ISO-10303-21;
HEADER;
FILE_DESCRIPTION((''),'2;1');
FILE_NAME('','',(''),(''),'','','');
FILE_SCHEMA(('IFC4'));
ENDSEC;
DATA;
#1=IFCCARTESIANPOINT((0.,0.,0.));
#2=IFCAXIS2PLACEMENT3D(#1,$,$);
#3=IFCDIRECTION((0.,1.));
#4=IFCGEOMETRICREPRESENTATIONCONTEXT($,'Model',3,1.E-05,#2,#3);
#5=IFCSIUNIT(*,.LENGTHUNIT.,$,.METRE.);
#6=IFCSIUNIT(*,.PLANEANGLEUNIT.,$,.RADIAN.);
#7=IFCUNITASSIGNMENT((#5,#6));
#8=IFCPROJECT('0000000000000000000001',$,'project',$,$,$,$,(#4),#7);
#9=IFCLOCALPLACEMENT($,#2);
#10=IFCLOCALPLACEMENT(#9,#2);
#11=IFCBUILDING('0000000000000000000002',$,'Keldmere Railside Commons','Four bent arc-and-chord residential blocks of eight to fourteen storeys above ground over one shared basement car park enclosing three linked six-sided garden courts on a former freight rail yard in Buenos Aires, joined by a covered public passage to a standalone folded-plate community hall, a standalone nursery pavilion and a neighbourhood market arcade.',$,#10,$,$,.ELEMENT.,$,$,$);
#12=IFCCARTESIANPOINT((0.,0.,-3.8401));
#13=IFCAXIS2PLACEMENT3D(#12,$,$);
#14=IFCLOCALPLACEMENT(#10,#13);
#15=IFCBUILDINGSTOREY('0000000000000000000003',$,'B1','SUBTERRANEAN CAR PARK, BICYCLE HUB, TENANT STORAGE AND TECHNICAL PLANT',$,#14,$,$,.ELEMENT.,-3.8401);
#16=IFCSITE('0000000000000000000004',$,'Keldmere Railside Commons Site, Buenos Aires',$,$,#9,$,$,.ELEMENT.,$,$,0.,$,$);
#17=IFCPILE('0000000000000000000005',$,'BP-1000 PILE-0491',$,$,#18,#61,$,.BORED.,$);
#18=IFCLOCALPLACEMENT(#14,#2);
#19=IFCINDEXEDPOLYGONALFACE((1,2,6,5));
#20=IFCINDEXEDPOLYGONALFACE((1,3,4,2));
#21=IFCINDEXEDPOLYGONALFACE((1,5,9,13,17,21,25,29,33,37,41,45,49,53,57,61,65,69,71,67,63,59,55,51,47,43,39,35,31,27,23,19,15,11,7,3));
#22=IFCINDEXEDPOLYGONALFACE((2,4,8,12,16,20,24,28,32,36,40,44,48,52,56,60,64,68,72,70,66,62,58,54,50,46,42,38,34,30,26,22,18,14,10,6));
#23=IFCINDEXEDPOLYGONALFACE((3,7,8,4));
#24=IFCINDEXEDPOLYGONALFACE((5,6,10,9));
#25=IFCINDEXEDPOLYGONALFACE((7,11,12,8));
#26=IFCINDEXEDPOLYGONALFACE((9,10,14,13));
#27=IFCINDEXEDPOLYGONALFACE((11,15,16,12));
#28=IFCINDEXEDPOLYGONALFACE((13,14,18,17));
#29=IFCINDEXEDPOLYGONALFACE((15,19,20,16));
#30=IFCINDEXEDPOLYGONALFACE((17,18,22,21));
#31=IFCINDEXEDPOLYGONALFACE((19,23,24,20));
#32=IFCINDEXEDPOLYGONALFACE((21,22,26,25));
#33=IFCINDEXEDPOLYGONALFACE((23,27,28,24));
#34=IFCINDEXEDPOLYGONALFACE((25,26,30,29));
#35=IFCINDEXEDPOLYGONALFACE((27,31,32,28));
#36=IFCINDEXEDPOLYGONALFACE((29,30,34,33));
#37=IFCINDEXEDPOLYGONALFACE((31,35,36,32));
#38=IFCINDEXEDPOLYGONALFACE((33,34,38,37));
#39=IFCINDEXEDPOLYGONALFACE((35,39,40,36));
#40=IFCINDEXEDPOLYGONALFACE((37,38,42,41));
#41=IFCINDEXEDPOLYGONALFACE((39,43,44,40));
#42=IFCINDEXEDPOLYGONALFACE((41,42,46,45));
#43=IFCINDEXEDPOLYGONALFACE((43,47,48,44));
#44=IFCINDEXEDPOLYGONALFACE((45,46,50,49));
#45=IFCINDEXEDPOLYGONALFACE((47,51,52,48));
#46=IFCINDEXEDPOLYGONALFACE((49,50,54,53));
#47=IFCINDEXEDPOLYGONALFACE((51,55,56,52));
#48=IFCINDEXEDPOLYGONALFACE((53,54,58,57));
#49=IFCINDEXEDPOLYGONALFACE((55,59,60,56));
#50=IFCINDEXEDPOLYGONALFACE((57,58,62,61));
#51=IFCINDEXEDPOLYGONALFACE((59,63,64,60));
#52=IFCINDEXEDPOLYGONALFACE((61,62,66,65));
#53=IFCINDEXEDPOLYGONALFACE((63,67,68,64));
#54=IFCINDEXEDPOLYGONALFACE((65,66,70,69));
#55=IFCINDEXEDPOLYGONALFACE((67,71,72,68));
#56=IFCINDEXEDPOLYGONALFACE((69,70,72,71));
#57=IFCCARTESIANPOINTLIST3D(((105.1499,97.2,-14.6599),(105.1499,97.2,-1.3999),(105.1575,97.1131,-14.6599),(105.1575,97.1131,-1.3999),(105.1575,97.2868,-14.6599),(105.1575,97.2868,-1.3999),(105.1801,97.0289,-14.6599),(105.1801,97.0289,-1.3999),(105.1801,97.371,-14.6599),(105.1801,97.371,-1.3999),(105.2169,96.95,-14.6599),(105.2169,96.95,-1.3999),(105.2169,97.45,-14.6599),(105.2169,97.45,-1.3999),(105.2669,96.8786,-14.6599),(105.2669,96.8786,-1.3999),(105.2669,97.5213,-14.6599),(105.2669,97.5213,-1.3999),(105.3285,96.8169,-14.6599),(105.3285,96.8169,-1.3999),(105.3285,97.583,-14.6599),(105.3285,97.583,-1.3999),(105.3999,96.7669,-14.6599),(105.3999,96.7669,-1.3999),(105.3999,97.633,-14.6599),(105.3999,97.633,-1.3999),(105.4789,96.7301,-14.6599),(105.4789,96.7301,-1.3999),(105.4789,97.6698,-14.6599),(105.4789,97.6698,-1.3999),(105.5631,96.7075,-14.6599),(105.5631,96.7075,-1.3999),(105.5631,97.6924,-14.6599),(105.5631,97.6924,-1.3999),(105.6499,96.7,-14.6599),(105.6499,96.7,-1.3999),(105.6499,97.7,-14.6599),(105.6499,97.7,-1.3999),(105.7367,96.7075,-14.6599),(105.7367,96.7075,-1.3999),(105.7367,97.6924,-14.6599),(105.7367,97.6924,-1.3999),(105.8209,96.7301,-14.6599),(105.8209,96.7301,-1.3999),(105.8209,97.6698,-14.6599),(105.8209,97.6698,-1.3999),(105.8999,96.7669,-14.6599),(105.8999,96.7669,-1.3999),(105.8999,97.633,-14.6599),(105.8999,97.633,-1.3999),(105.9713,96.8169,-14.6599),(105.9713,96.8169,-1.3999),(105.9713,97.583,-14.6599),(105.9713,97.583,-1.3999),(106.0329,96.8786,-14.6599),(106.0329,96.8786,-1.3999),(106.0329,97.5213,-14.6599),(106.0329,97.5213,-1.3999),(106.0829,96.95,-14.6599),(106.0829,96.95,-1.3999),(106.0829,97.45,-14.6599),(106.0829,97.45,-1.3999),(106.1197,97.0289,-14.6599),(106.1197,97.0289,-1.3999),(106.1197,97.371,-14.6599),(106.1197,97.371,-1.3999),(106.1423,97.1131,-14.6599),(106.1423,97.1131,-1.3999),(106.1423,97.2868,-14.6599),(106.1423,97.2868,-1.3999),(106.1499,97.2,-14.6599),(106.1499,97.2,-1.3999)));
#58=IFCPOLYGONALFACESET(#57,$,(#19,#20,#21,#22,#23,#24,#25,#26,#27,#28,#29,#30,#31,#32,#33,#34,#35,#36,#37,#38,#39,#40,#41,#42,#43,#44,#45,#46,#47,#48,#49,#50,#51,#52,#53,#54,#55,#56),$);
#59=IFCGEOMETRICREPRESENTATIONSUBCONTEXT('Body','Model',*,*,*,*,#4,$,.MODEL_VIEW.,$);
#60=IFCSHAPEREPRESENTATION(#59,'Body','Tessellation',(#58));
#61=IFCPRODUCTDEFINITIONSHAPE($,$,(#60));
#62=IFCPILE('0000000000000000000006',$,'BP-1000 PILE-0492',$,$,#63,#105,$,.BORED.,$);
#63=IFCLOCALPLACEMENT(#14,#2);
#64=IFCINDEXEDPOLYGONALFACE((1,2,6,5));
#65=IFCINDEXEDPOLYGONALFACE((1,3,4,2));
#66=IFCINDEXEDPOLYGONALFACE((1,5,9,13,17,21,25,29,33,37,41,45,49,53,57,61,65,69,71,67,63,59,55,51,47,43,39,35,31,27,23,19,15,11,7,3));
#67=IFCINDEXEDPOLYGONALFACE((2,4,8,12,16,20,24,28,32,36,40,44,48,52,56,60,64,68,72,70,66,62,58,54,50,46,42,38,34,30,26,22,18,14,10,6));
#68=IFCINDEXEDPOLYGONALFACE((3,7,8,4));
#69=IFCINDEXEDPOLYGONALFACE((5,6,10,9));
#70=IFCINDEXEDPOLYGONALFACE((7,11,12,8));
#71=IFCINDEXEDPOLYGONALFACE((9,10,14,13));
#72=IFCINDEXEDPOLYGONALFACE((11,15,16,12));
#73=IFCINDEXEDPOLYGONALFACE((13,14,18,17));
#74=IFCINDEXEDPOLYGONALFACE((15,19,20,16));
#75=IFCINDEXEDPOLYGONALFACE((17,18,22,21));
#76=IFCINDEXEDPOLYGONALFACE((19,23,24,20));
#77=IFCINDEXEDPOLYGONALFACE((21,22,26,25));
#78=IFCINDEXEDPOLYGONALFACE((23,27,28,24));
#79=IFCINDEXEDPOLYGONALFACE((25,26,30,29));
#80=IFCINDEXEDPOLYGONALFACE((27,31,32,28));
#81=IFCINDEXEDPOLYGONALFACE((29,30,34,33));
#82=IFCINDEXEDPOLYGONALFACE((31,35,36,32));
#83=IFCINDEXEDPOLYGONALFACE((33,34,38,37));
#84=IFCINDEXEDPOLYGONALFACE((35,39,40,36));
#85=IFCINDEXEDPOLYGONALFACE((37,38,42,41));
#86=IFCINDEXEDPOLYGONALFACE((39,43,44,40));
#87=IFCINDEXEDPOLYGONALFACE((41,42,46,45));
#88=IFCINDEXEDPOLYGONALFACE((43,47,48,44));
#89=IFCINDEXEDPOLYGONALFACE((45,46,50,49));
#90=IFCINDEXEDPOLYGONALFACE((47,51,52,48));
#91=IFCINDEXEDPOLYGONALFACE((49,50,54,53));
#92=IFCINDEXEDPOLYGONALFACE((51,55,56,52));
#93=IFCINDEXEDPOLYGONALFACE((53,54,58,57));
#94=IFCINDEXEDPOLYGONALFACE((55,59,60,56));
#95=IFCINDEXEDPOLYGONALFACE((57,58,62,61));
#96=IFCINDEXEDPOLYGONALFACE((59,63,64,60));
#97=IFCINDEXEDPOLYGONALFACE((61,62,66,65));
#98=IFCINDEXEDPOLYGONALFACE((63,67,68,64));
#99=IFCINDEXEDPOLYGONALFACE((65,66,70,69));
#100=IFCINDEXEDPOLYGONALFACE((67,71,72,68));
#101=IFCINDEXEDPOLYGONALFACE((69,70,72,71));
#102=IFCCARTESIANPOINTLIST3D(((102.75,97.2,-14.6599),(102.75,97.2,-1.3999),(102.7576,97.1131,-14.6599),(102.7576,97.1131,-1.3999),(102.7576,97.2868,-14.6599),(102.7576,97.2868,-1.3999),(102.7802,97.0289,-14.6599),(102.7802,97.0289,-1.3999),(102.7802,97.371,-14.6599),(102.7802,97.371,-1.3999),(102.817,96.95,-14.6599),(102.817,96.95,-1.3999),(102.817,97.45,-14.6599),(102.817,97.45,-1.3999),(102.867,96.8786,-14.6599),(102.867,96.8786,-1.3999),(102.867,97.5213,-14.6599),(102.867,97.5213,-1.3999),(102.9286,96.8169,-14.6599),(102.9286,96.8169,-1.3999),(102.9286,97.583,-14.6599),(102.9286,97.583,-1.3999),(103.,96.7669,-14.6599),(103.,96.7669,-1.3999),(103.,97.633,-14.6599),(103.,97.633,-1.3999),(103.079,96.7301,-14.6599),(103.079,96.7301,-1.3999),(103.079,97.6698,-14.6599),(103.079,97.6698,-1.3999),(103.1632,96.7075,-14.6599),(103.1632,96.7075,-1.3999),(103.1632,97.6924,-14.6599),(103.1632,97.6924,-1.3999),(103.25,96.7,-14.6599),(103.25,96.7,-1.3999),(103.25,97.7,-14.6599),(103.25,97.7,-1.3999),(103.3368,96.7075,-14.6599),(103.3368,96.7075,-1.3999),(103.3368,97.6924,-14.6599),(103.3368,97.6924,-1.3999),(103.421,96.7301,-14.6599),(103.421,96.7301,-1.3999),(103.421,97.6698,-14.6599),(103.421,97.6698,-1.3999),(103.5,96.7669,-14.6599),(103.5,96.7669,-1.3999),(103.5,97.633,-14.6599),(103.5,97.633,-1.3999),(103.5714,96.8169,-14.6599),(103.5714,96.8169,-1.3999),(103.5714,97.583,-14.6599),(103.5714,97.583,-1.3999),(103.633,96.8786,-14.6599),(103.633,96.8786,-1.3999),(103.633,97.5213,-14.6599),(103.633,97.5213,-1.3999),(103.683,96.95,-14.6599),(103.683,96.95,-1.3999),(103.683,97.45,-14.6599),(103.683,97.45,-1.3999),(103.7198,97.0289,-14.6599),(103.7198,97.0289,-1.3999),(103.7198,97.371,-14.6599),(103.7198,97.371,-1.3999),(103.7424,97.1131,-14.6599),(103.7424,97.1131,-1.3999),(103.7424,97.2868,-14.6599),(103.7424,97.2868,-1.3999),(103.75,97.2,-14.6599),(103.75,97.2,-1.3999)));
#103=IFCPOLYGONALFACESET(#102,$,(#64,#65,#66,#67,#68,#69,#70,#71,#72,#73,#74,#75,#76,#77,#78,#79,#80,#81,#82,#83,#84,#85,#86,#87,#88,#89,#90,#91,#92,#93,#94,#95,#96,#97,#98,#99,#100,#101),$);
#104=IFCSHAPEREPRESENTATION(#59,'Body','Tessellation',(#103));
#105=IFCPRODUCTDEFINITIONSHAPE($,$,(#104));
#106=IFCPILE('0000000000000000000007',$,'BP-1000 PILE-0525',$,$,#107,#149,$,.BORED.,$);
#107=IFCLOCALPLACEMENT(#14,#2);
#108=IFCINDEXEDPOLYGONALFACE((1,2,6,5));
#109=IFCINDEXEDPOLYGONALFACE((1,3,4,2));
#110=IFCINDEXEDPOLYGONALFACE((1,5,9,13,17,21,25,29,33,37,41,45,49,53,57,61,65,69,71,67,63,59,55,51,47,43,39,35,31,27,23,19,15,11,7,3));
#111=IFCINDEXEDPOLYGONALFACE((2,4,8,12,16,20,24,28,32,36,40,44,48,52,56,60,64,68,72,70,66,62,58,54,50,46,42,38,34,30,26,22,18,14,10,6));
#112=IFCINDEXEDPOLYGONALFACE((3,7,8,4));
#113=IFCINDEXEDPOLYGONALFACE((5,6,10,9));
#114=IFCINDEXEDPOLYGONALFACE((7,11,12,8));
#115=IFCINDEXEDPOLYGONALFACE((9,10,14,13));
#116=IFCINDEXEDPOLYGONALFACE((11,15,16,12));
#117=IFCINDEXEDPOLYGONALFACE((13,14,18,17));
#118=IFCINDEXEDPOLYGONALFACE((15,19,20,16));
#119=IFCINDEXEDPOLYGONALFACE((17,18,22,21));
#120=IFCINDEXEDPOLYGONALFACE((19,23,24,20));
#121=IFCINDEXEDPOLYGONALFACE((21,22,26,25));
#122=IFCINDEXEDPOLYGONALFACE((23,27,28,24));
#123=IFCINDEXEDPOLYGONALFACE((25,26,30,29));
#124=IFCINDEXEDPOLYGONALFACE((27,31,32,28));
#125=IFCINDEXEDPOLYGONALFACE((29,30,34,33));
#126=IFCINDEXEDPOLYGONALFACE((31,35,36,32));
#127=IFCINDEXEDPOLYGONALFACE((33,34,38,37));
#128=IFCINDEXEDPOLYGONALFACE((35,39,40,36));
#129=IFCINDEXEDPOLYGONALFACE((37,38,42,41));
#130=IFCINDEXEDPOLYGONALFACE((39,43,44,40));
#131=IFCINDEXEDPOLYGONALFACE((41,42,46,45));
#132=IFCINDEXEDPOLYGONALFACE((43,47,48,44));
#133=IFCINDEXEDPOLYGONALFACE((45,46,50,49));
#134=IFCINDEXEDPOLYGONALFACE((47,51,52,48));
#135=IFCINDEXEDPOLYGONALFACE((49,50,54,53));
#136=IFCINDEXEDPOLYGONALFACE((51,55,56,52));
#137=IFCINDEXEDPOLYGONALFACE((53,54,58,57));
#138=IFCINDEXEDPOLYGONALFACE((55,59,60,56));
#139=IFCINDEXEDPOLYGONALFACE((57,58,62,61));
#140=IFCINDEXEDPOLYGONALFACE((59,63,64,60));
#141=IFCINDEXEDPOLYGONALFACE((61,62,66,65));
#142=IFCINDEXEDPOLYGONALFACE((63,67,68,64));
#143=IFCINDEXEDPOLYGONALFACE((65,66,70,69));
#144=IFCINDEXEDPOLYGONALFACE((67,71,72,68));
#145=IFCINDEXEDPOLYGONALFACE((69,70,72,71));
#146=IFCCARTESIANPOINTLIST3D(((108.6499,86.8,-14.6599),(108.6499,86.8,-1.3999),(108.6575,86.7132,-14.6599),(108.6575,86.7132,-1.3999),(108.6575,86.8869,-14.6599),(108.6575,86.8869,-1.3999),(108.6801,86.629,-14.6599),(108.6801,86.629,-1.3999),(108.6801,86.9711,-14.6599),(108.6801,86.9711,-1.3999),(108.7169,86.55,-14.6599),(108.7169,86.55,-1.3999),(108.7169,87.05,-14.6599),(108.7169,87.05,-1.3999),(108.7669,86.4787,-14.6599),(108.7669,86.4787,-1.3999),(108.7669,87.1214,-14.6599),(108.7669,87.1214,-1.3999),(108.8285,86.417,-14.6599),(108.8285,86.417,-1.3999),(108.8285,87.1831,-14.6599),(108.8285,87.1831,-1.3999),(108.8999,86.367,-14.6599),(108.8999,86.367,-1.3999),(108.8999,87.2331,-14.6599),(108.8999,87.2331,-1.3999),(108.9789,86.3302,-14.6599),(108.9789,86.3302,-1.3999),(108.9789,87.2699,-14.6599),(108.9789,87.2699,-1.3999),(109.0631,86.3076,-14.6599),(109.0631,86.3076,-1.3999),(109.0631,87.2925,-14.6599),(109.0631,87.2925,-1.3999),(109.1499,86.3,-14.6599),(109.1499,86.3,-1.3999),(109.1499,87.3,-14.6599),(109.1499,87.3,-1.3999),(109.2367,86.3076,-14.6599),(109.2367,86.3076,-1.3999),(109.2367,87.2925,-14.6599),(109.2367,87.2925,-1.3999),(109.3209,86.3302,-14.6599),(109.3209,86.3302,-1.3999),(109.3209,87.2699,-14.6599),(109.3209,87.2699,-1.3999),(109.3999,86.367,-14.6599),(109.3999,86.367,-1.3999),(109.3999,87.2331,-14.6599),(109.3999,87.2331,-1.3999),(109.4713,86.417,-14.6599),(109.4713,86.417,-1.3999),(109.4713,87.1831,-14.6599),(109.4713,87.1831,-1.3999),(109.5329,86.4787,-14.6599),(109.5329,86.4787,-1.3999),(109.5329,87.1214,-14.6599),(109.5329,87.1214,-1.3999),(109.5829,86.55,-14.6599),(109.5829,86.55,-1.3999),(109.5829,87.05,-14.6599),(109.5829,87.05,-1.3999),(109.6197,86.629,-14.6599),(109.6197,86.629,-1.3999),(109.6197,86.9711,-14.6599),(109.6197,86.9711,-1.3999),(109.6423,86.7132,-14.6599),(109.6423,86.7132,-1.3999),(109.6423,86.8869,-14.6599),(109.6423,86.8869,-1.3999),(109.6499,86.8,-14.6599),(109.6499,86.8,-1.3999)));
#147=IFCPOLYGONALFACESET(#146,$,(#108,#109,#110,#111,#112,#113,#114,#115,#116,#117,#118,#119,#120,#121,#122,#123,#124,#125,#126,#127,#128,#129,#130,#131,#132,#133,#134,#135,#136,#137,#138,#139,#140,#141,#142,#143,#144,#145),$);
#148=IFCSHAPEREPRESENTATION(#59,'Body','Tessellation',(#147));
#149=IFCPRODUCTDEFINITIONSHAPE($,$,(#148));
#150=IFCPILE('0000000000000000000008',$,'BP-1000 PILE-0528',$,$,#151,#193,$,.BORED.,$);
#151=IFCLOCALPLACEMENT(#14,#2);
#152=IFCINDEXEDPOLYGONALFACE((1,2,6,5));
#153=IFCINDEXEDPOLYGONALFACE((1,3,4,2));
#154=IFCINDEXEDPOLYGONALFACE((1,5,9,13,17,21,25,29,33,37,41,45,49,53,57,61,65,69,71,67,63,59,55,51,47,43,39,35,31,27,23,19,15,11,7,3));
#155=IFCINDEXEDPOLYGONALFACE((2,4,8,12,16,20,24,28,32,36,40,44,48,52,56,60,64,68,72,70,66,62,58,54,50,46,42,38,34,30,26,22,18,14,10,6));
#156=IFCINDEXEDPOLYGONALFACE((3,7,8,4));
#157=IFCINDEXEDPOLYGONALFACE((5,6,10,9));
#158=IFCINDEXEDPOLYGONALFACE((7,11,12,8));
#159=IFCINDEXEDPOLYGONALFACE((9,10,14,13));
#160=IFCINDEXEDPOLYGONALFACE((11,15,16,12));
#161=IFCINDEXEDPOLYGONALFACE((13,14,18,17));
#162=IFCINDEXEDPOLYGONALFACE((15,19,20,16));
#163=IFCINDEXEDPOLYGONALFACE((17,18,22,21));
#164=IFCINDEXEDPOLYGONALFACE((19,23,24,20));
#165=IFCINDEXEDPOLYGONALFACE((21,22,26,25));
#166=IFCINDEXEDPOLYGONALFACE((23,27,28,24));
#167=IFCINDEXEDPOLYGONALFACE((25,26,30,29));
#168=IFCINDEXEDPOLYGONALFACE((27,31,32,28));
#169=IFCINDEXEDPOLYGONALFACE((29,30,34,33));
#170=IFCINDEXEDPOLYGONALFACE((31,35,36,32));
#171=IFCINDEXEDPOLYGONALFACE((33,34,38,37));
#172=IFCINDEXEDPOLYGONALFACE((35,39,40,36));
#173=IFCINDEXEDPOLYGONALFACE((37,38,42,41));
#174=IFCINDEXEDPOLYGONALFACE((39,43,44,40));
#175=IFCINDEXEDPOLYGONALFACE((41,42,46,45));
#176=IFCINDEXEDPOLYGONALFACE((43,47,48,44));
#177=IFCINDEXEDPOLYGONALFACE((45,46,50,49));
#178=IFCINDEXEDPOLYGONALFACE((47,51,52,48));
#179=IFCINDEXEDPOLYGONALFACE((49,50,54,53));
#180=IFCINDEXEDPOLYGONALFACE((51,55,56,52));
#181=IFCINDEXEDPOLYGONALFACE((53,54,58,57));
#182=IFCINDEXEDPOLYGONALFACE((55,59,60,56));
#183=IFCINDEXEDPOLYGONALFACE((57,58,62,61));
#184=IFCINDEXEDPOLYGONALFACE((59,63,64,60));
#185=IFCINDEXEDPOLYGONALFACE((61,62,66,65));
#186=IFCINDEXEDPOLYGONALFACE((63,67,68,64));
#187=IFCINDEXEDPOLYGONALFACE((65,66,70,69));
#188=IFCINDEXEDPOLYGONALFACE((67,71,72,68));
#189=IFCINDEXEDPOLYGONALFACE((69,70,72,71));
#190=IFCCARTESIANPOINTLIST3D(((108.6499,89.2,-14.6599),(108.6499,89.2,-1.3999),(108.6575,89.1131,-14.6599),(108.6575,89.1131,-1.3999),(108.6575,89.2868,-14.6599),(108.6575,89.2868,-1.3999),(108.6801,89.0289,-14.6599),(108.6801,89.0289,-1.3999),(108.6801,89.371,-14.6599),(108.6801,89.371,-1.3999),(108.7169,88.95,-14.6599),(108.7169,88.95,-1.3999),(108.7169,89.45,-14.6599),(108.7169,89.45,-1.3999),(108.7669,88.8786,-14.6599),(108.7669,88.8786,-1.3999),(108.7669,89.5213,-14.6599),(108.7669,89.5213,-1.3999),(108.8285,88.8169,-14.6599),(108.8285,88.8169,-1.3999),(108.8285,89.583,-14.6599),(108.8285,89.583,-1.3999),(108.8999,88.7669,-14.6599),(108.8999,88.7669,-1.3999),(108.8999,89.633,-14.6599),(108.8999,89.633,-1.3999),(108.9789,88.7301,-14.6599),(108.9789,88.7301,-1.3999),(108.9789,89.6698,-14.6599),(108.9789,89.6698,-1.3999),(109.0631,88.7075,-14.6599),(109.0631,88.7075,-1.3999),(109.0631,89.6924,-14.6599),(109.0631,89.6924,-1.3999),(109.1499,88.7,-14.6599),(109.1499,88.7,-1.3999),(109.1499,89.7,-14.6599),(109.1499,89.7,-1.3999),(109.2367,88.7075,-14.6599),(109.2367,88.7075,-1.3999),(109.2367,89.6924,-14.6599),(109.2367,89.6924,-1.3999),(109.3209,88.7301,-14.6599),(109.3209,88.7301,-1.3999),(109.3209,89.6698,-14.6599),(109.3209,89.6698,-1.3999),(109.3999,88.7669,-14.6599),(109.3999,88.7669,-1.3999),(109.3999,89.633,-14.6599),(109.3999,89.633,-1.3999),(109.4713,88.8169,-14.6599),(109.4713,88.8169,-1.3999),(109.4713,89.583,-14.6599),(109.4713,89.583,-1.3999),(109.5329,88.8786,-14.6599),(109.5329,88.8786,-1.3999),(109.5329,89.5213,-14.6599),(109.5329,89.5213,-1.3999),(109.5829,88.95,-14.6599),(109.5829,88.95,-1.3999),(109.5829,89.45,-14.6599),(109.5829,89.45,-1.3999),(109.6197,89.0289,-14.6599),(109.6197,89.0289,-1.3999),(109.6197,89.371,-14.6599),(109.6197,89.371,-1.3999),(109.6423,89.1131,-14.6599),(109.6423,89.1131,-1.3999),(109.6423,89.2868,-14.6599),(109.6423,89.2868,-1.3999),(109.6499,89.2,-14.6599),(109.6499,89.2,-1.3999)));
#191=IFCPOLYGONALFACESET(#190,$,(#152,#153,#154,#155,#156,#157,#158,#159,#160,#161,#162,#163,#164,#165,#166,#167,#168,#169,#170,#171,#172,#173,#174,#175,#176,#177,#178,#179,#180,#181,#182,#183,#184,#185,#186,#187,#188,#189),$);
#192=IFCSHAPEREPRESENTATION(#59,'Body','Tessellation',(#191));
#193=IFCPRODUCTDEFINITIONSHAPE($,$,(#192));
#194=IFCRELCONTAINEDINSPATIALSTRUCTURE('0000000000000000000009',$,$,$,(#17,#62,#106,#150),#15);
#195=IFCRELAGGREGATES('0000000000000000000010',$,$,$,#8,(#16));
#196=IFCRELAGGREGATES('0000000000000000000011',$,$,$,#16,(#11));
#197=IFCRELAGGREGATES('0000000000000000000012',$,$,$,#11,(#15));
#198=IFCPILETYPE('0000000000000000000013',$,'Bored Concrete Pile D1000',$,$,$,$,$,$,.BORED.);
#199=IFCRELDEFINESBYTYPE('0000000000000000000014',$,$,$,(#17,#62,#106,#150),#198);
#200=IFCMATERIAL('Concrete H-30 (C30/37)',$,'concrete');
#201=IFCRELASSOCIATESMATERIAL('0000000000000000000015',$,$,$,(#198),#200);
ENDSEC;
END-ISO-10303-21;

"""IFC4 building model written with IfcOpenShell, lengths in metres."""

from ifc_helpers import new_model, si_unit, direction, frame, origin, origin_2d, place, context, subcontext, project, spatial, circle, extrude, material, material_profile, profile_set, type_object, element, save


model = new_model("IFC4")

# Units and contexts
model_context = context("Model", 3, precision=1e-05, world=origin(), true_north=direction((0.0, 1.0)))
body_context = subcontext(model_context, "Body", "Model", "MODEL_VIEW")
ifc_project = project(units=[si_unit("LENGTHUNIT", "METRE"), si_unit("PLANEANGLEUNIT", "RADIAN")], contexts=[model_context])

# Site, building, storey
site_placement = place(None, origin())
site = spatial("IfcSite", under=ifc_project, at=site_placement, Name="Keldmere Railside Commons Site, Buenos Aires", CompositionType="ELEMENT", RefElevation=0.0)
building_placement = place(site_placement, origin())
building = spatial("IfcBuilding", under=site, at=building_placement, Name="Keldmere Railside Commons", Description="Four bent arc-and-chord residential blocks of eight to fourteen storeys above ground over one shared basement car park enclosing three linked six-sided garden courts on a former freight rail yard in Buenos Aires, joined by a covered public passage to a standalone folded-plate community hall, a standalone nursery pavilion and a neighbourhood market arcade.", CompositionType="ELEMENT")
storey_placement = place(building_placement, frame((0.0, 0.0, -3.8401)))
storey = spatial("IfcBuildingStorey", under=building, at=storey_placement, Name="B1", Description="SUBTERRANEAN CAR PARK, BICYCLE HUB, TENANT STORAGE AND TECHNICAL PLANT", CompositionType="ELEMENT", Elevation=-3.8401)

# Piles
ifc_material_1 = material(Name="Concrete H-30 (C30/37)", Category="concrete")
ifc_material_profile_1 = material_profile(ifc_material_1, circle(Radius=0.5, at=origin_2d()), Name="PILE-D1000")
ifc_profile_set_1 = profile_set([ifc_material_profile_1], Name="Concrete H-30 (C30/37)")
pile_type_1 = type_object("IfcPileType", Name="Bored Concrete Pile D1000", PredefinedType="BORED", material=ifc_profile_set_1)
for number, where, z_axis, x_axis, name in (
    (1, (105.6499, 97.2, -1.3999), (0.0, 0.0, -1.0), (1.0, 0.0, 0.0), "BP-1000 PILE-0491"),
    (2, (103.25, 97.2, -1.3999), (0.0, 0.0, -1.0), (1.0, 0.0, 0.0), "BP-1000 PILE-0492"),
    (3, (109.1499, 86.8, -1.3999), (0.0, 0.0, -1.0), (1.0, 0.0, 0.0), "BP-1000 PILE-0525"),
    (4, (109.1499, 89.2, -1.3999), (0.0, 0.0, -1.0), (1.0, 0.0, 0.0), "BP-1000 PILE-0528"),
):
    element("IfcPile", number, at=place(storey_placement, frame(where, z_axis=z_axis, x_axis=x_axis)), inside=storey, type_object=pile_type_1, Name=name, PredefinedType="BORED", context=body_context, shape_type="SweptSolid", body=[
        extrude(circle(Radius=0.5, at=origin_2d()), origin(), (0.0, 0.0, 1.0), 13.26),
    ])

save(model, "model.ifc")
